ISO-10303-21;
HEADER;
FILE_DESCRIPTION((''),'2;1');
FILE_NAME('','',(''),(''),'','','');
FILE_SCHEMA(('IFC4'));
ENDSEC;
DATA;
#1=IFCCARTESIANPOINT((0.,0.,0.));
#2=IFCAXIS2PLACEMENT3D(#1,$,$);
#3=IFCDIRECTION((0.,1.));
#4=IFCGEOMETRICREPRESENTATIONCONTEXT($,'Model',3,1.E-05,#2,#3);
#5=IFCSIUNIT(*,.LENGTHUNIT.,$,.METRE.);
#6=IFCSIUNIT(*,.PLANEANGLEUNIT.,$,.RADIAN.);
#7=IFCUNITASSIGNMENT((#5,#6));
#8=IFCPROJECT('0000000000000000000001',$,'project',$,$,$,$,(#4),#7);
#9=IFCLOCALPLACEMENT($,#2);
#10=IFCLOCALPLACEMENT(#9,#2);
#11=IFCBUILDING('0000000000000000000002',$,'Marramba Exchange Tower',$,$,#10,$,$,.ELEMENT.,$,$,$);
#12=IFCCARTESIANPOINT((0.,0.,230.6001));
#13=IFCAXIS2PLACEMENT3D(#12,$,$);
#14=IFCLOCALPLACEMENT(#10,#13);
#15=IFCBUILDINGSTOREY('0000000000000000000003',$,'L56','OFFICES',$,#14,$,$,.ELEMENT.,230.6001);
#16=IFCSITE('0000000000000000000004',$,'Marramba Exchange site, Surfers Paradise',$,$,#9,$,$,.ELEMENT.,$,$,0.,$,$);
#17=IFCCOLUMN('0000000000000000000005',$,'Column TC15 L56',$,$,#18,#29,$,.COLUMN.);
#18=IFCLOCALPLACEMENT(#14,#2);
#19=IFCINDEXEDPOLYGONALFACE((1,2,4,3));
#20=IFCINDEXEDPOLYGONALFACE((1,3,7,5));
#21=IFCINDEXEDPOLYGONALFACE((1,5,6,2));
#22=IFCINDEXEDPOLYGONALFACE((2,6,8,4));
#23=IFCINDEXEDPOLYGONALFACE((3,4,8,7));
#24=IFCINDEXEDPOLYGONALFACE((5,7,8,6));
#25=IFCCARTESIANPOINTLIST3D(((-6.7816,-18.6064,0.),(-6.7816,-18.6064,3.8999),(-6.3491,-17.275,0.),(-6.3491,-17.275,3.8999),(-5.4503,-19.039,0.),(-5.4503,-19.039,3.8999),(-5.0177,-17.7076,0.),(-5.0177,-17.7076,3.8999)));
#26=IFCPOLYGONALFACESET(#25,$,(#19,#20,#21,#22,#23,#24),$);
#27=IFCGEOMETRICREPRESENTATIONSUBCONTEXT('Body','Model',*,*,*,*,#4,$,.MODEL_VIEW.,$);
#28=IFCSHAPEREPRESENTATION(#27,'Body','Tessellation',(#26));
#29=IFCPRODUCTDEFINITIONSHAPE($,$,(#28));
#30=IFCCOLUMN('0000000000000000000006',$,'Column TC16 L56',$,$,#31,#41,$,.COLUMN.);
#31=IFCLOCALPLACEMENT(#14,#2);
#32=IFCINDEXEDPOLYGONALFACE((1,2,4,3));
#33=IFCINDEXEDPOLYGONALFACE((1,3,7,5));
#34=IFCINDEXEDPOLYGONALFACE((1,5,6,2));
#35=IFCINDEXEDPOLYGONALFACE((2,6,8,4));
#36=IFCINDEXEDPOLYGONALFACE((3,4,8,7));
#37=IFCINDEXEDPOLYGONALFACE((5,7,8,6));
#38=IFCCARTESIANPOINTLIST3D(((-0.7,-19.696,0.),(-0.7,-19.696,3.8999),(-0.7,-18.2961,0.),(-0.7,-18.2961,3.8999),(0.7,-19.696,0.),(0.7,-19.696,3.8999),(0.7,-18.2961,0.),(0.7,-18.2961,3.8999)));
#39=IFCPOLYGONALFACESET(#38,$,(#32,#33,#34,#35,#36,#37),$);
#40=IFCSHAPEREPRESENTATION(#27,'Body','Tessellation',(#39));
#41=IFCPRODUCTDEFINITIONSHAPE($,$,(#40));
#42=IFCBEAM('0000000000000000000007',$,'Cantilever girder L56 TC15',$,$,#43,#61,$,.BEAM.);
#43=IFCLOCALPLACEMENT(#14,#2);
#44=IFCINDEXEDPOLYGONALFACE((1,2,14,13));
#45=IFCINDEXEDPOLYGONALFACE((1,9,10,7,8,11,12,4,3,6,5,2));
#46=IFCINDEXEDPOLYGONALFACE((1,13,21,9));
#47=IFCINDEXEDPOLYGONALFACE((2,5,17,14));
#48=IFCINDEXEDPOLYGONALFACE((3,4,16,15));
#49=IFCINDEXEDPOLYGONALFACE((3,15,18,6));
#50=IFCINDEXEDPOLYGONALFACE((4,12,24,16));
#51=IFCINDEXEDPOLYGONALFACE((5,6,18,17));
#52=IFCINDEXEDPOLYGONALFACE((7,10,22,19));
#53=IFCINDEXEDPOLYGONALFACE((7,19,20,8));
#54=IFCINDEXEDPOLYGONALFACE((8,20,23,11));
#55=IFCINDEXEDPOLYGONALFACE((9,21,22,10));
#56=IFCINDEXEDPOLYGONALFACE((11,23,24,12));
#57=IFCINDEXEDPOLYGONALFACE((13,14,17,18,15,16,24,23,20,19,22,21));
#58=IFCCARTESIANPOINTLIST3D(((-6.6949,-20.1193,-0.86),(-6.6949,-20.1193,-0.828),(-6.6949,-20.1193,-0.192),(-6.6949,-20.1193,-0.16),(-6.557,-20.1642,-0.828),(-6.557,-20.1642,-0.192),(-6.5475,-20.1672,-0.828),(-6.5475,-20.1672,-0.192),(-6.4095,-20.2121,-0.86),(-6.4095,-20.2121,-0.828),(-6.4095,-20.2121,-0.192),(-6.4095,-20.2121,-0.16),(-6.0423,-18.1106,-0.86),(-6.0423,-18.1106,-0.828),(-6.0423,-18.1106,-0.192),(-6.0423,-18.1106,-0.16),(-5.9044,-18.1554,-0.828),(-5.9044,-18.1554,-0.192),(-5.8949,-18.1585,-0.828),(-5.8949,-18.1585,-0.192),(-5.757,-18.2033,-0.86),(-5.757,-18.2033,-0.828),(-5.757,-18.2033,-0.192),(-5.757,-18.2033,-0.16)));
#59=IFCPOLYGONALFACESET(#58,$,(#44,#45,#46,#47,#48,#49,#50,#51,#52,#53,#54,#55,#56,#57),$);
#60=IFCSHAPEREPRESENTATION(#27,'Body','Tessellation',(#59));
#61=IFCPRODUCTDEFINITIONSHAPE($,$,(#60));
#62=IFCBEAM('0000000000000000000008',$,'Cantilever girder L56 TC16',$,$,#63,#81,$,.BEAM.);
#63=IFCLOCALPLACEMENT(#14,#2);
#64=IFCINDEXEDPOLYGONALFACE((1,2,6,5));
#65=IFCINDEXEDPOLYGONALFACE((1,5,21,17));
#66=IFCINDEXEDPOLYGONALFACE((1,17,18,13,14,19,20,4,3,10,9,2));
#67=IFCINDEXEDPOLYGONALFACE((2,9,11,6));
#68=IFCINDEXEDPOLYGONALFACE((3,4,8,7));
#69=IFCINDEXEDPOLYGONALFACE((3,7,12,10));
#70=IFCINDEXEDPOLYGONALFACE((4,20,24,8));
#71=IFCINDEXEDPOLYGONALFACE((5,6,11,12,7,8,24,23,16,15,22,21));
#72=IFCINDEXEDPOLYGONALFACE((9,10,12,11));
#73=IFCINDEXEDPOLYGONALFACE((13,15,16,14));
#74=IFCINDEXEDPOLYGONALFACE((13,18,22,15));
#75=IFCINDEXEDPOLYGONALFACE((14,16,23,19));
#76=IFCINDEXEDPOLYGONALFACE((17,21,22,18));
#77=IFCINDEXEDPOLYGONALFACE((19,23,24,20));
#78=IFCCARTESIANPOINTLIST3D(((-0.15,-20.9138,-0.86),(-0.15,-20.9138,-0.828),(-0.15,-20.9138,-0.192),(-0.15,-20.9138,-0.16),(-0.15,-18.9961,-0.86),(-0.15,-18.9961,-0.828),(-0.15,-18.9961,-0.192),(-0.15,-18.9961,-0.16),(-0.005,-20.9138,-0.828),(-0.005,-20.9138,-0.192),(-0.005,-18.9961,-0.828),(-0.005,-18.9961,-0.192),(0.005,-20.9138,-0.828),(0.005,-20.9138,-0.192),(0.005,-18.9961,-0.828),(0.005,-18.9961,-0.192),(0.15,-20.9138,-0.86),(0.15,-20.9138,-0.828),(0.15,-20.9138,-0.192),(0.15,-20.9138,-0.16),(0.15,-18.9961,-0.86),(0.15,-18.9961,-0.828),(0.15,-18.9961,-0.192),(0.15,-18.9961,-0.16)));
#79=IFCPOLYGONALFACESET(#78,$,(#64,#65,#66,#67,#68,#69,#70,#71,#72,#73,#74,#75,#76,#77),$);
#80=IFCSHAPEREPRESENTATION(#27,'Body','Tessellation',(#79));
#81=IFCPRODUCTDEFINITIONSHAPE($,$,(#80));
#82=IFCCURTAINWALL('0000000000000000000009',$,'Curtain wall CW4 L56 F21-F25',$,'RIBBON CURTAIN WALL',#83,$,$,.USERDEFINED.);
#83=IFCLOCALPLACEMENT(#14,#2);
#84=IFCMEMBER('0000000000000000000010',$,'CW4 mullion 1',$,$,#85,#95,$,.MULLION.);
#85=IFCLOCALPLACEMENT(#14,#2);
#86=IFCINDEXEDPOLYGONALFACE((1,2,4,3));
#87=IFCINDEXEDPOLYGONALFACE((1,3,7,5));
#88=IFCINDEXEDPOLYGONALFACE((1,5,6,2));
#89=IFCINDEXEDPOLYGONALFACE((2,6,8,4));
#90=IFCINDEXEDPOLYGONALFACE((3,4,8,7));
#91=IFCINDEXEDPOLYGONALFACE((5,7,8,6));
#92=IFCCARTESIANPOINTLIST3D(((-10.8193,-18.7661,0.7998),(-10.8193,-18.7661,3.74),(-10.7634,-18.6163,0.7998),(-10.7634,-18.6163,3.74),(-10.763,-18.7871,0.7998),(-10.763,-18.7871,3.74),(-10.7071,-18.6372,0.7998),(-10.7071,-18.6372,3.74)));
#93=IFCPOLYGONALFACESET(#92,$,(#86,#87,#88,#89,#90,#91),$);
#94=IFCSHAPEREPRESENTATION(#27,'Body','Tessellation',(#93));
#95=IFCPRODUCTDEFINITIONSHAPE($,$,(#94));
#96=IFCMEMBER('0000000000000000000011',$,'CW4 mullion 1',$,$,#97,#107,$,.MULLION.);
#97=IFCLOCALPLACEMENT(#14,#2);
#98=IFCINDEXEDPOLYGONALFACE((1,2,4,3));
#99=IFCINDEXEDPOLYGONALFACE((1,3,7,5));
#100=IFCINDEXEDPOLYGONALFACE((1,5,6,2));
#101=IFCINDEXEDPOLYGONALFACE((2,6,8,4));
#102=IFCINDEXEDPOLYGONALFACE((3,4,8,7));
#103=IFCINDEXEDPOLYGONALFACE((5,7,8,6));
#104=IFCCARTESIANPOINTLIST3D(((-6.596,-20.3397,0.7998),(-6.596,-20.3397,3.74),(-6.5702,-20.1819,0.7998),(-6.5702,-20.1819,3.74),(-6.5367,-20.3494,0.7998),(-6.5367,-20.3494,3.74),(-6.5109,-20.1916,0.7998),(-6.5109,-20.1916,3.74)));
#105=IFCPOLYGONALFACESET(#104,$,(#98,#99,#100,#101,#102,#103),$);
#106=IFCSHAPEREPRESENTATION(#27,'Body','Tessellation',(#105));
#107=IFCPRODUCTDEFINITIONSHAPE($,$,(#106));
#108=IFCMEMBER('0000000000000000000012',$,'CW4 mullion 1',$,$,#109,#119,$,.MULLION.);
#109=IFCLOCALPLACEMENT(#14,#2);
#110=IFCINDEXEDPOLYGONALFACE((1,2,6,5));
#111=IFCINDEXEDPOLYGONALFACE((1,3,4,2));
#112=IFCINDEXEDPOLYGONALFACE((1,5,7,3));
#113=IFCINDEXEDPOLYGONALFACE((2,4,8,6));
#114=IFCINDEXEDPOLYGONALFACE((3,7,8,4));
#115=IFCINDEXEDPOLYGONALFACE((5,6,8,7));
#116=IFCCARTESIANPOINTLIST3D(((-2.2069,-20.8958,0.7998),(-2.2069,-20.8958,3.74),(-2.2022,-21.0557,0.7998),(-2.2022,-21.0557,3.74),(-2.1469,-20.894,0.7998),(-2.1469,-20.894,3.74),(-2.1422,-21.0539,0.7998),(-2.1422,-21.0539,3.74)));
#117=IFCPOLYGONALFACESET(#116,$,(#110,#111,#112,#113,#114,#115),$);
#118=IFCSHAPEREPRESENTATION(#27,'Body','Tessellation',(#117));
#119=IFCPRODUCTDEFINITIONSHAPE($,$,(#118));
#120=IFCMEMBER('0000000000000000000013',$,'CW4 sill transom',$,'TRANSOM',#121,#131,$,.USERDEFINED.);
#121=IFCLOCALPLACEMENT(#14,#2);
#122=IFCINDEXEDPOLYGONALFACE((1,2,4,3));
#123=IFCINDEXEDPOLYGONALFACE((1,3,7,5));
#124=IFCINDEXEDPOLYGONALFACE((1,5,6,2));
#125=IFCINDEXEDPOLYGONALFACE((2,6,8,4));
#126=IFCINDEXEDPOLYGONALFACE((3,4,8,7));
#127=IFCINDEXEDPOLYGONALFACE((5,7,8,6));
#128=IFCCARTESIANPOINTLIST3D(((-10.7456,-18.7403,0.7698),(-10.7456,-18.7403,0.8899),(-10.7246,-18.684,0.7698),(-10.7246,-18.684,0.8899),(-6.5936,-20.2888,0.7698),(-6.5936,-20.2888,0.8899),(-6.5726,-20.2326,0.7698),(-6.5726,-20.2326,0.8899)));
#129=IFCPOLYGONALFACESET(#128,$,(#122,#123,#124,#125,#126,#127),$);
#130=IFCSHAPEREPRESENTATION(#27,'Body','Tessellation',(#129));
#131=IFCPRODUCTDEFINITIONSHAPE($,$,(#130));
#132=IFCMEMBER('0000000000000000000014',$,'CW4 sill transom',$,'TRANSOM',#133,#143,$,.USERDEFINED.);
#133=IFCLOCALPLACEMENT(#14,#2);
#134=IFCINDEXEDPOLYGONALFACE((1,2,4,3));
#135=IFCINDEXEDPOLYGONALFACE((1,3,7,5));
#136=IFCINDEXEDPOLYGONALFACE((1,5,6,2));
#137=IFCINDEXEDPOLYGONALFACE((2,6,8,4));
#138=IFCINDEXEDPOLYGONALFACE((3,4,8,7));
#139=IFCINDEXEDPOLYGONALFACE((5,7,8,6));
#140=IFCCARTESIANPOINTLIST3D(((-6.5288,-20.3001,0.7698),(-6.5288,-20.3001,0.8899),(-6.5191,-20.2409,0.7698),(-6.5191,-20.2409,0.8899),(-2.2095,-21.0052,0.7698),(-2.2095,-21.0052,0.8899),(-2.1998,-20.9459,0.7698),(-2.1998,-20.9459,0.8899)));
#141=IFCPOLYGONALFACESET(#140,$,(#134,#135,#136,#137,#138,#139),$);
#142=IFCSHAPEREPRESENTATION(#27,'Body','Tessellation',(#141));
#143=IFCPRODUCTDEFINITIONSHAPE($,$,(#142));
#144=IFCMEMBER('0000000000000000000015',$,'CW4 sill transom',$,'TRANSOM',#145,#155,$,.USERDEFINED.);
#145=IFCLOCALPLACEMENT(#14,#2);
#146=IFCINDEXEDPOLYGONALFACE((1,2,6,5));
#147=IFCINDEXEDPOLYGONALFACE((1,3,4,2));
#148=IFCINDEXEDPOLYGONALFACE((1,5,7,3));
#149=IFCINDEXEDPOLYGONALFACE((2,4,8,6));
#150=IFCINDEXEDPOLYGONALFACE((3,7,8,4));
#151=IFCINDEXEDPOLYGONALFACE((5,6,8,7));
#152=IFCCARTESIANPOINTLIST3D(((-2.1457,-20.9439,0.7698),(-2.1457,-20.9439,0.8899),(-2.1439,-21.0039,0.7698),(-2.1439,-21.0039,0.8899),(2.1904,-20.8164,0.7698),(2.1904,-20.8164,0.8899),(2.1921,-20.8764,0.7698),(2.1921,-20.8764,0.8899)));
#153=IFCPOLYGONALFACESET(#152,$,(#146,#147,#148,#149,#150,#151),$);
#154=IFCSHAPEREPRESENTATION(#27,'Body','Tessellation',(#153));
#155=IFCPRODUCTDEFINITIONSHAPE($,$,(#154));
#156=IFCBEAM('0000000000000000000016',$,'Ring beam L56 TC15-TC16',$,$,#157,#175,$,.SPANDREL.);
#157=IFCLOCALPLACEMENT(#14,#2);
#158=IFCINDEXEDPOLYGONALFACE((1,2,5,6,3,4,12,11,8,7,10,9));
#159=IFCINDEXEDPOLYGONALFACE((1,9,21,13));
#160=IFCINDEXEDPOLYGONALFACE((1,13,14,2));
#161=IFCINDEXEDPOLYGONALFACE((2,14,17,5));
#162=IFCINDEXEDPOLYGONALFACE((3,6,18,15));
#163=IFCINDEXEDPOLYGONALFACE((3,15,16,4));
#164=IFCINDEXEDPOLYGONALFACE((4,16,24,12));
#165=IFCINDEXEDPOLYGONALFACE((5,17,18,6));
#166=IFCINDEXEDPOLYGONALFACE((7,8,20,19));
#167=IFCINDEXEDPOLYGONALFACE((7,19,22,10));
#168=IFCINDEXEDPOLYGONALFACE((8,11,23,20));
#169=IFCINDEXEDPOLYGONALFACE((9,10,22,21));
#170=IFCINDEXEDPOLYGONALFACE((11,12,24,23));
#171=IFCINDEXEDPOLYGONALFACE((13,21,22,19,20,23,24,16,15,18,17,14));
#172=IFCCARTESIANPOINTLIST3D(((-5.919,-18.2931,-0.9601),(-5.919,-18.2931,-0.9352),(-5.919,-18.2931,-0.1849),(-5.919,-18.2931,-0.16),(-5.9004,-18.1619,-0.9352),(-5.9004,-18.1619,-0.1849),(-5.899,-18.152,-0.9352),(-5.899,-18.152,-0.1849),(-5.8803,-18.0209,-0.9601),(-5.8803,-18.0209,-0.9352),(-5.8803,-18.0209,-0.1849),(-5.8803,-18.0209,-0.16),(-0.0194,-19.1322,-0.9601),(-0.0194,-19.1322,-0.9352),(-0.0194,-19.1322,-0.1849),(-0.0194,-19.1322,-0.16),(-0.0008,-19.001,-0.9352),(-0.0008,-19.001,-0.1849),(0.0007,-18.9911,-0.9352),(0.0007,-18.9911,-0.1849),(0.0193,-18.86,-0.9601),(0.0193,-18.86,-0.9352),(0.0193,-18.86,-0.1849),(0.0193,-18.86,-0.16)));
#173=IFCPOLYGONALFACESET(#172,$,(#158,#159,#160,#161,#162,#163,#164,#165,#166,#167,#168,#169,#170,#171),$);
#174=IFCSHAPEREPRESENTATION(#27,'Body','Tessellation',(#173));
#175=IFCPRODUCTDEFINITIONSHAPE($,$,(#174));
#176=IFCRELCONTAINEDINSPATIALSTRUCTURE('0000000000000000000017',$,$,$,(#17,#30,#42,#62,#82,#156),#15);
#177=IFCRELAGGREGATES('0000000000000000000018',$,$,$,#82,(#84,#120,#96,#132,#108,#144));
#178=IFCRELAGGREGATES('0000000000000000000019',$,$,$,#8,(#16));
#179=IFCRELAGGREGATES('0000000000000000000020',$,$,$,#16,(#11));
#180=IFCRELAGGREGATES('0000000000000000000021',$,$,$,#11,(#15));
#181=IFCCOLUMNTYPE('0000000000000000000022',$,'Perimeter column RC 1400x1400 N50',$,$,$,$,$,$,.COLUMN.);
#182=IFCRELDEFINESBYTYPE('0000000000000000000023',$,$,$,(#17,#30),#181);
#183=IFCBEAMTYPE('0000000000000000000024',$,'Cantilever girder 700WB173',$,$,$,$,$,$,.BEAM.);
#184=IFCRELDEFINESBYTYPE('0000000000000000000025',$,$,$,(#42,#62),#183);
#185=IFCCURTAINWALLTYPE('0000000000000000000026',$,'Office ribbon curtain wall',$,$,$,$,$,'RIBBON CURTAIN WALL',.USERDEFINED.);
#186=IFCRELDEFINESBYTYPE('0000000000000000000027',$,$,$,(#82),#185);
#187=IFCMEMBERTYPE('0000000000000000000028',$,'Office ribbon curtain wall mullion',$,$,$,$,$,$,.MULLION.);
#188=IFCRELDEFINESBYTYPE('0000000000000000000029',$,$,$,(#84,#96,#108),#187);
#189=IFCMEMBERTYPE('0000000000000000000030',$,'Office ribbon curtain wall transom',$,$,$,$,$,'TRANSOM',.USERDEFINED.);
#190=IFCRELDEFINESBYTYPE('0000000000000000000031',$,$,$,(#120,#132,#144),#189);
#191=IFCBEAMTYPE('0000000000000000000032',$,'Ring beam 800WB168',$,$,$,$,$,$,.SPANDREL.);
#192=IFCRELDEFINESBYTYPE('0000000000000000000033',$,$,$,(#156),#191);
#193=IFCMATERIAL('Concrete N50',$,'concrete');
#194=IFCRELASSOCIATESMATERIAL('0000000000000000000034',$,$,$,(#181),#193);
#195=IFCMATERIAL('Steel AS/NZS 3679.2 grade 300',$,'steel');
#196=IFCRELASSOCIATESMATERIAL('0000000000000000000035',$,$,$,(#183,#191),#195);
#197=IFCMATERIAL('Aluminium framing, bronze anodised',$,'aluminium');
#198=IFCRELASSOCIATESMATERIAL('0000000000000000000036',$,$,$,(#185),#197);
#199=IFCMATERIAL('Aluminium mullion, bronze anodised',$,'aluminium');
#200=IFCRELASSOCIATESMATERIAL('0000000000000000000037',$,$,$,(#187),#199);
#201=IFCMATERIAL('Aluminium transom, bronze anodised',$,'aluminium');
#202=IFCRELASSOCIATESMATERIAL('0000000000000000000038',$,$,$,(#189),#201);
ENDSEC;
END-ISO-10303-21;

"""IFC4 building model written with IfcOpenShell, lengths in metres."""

from ifc_helpers import new_model, si_unit, direction, frame, origin, origin_2d, place, context, subcontext, project, spatial, rectangle, i_section, extrude, material, material_profile, profile_set, type_object, element, aggregate, save


model = new_model("IFC4")

# Units and contexts
model_context = context("Model", 3, precision=1e-05, world=origin(), true_north=direction((0.0, 1.0)))
body_context = subcontext(model_context, "Body", "Model", "MODEL_VIEW")
ifc_project = project(units=[si_unit("LENGTHUNIT", "METRE"), si_unit("PLANEANGLEUNIT", "RADIAN")], contexts=[model_context])

# Site, building, storey
site_placement = place(None, origin())
site = spatial("IfcSite", under=ifc_project, at=site_placement, Name="Marramba Exchange site, Surfers Paradise", CompositionType="ELEMENT", RefElevation=0.0)
building_placement = place(site_placement, origin())
building = spatial("IfcBuilding", under=site, at=building_placement, Name="Marramba Exchange Tower", CompositionType="ELEMENT")
storey_placement = place(building_placement, frame((0.0, 0.0, 230.6001)))
storey = spatial("IfcBuildingStorey", under=building, at=storey_placement, Name="L56", Description="OFFICES", CompositionType="ELEMENT", Elevation=230.6001)

# Columns
ifc_material_1 = material(Name="Concrete N50", Category="concrete")
ifc_material_profile_1 = material_profile(ifc_material_1, rectangle(XDim=1.3999, YDim=1.3999, at=origin_2d()), Name="RC 1400x1400")
ifc_profile_set_1 = profile_set([ifc_material_profile_1], Name="Concrete N50")
column_type = type_object("IfcColumnType", Name="Perimeter column RC 1400x1400 N50", PredefinedType="COLUMN", material=ifc_profile_set_1)
for number, where, z_axis, x_axis, name in (
    (1, (-5.8997, -18.157, 0.0), (0.0, 0.0, 1.0), (-0.309017, -0.951057, 0.0), "Column TC15 L56"),
    (2, (0.0, -18.9961, 0.0), (0.0, 0.0, 1.0), (0.0, -1.0, 0.0), "Column TC16 L56"),
):
    element("IfcColumn", number, at=place(storey_placement, frame(where, z_axis=z_axis, x_axis=x_axis)), inside=storey, type_object=column_type, Name=name, PredefinedType="COLUMN", context=body_context, shape_type="SweptSolid", body=[
        extrude(rectangle(XDim=1.3999, YDim=1.3999, at=origin_2d()), origin(), (0.0, 0.0, 1.0), 3.8999),
    ])

# Beams
ifc_material_2 = material(Name="Steel AS/NZS 3679.2 grade 300", Category="steel")
ifc_material_profile_2 = material_profile(ifc_material_2, i_section(OverallWidth=0.3, OverallDepth=0.7, WebThickness=0.01, FlangeThickness=0.032, at=origin_2d()), Name="700WB173")
ifc_profile_set_2 = profile_set([ifc_material_profile_2], Name="Steel AS/NZS 3679.2 grade 300")
beam_type_1 = type_object("IfcBeamType", Name="Cantilever girder 700WB173", PredefinedType="BEAM", material=ifc_profile_set_2)
beam_1_placement = place(storey_placement, frame((-5.8997, -18.157, -0.51), z_axis=(-0.308971, -0.951071, 0.0), x_axis=(0.951071, -0.308971, 0.0)))
element("IfcBeam", 3, at=beam_1_placement, inside=storey, type_object=beam_type_1, Name="Cantilever girder L56 TC15", PredefinedType="BEAM", context=body_context, shape_type="SweptSolid", body=[
    extrude(i_section(OverallWidth=0.3, OverallDepth=0.7, WebThickness=0.01, FlangeThickness=0.032, at=origin_2d()), origin(), (0.0, 0.0, 1.0), 2.1121),
])
beam_2_placement = place(storey_placement, frame((0.0, -18.9961, -0.51), z_axis=(0.0, -1.0, 0.0), x_axis=(1.0, 0.0, 0.0)))
element("IfcBeam", 4, at=beam_2_placement, inside=storey, type_object=beam_type_1, Name="Cantilever girder L56 TC16", PredefinedType="BEAM", context=body_context, shape_type="SweptSolid", body=[
    extrude(i_section(OverallWidth=0.3, OverallDepth=0.7, WebThickness=0.01, FlangeThickness=0.032, at=origin_2d()), origin(), (0.0, 0.0, 1.0), 1.9177),
])

# Curtain wall, members
ifc_material_3 = material(Name="Aluminium framing, bronze anodised", Category="aluminium")
curtain_wall_type = type_object("IfcCurtainWallType", Name="Office ribbon curtain wall", ElementType="RIBBON CURTAIN WALL", PredefinedType="USERDEFINED", material=ifc_material_3)
curtain_wall_placement = place(storey_placement, origin())
curtain_wall = element("IfcCurtainWall", 5, at=curtain_wall_placement, inside=storey, type_object=curtain_wall_type, Name="Curtain wall CW4 L56 F21-F25", ObjectType="RIBBON CURTAIN WALL", PredefinedType="USERDEFINED")
ifc_material_4 = material(Name="Aluminium mullion, bronze anodised", Category="aluminium")
ifc_material_profile_3 = material_profile(ifc_material_4, rectangle(XDim=0.1599, YDim=0.0601, at=origin_2d()), Name="CW4 mullion 60x160")
ifc_profile_set_3 = profile_set([ifc_material_profile_3], Name="Aluminium mullion, bronze anodised")
member_type_1 = type_object("IfcMemberType", Name="Office ribbon curtain wall mullion", PredefinedType="MULLION", material=ifc_profile_set_3)
member_1_placement = place(storey_placement, frame((-10.7632, -18.7017, 0.7998), z_axis=(0.0, 0.0, 1.0), x_axis=(0.349459, 0.936952, 0.0)))
member_1 = element("IfcMember", 6, at=member_1_placement, type_object=member_type_1, Name="CW4 mullion 1", PredefinedType="MULLION", context=body_context, shape_type="SweptSolid", body=[
    extrude(rectangle(XDim=0.1599, YDim=0.0601, at=origin_2d()), origin(), (0.0, 0.0, 1.0), 2.9402),
])
member_2_placement = place(storey_placement, frame((-6.5535, -20.2656, 0.7998), z_axis=(0.0, 0.0, 1.0), x_axis=(0.161146, 0.986931, 0.0)))
member_2 = element("IfcMember", 7, at=member_2_placement, type_object=member_type_1, Name="CW4 mullion 1", PredefinedType="MULLION", context=body_context, shape_type="SweptSolid", body=[
    extrude(rectangle(XDim=0.1599, YDim=0.0601, at=origin_2d()), origin(), (0.0, 0.0, 1.0), 2.9402),
])
member_3_placement = place(storey_placement, frame((-2.1746, -20.9749, 0.7998), z_axis=(0.0, 0.0, 1.0), x_axis=(-0.029393, 0.999568, 0.0)))
member_3 = element("IfcMember", 8, at=member_3_placement, type_object=member_type_1, Name="CW4 mullion 1", PredefinedType="MULLION", context=body_context, shape_type="SweptSolid", body=[
    extrude(rectangle(XDim=0.1599, YDim=0.0601, at=origin_2d()), origin(), (0.0, 0.0, 1.0), 2.9402),
])
ifc_material_5 = material(Name="Aluminium transom, bronze anodised", Category="aluminium")
ifc_material_profile_4 = material_profile(ifc_material_5, rectangle(XDim=0.0601, YDim=0.1201, at=origin_2d()), Name="CW4 transom 60x120")
ifc_profile_set_4 = profile_set([ifc_material_profile_4], Name="Aluminium transom, bronze anodised")
member_type_2 = type_object("IfcMemberType", Name="Office ribbon curtain wall transom", ElementType="TRANSOM", PredefinedType="USERDEFINED", material=ifc_profile_set_4)
member_4_placement = place(storey_placement, frame((-10.7351, -18.7122, 0.8298), z_axis=(0.936955, -0.34945, 0.0), x_axis=(0.34945, 0.936955, 0.0)))
member_4 = element("IfcMember", 9, at=member_4_placement, type_object=member_type_2, Name="CW4 sill transom", ObjectType="TRANSOM", PredefinedType="USERDEFINED", context=body_context, shape_type="SweptSolid", body=[
    extrude(rectangle(XDim=0.0601, YDim=0.1201, at=origin_2d()), origin(), (0.0, 0.0, 1.0), 4.4314),
])
member_5_placement = place(storey_placement, frame((-6.5239, -20.2705, 0.8298), z_axis=(0.986937, -0.161105, 0.0), x_axis=(0.161105, 0.986937, 0.0)))
member_5 = element("IfcMember", 10, at=member_5_placement, type_object=member_type_2, Name="CW4 sill transom", ObjectType="TRANSOM", PredefinedType="USERDEFINED", context=body_context, shape_type="SweptSolid", body=[
    extrude(rectangle(XDim=0.0601, YDim=0.1201, at=origin_2d()), origin(), (0.0, 0.0, 1.0), 4.3765),
])
member_6_placement = place(storey_placement, frame((-2.1448, -20.9739, 0.8298), z_axis=(0.999568, 0.029379, 0.0), x_axis=(-0.029379, 0.999568, 0.0)))
member_6 = element("IfcMember", 11, at=member_6_placement, type_object=member_type_2, Name="CW4 sill transom", ObjectType="TRANSOM", PredefinedType="USERDEFINED", context=body_context, shape_type="SweptSolid", body=[
    extrude(rectangle(XDim=0.0601, YDim=0.1201, at=origin_2d()), origin(), (0.0, 0.0, 1.0), 4.3379),
])

# Beam
ifc_material_profile_5 = material_profile(ifc_material_2, i_section(OverallWidth=0.2749, OverallDepth=0.8, WebThickness=0.01, FlangeThickness=0.0249, at=origin_2d()), Name="800WB168")
ifc_profile_set_5 = profile_set([ifc_material_profile_5], Name="Steel AS/NZS 3679.2 grade 300")
beam_type_2 = type_object("IfcBeamType", Name="Ring beam 800WB168", PredefinedType="SPANDREL", material=ifc_profile_set_5)
for number, where, z_axis, x_axis, name in (
    (12, (-5.8997, -18.157, -0.5601), (0.990036, -0.140813, 0.0), (0.140813, 0.990036, 0.0), "Ring beam L56 TC15-TC16"),
):
    element("IfcBeam", number, at=place(storey_placement, frame(where, z_axis=z_axis, x_axis=x_axis)), inside=storey, type_object=beam_type_2, Name=name, PredefinedType="SPANDREL", context=body_context, shape_type="SweptSolid", body=[
        extrude(i_section(OverallWidth=0.2749, OverallDepth=0.8, WebThickness=0.01, FlangeThickness=0.0249, at=origin_2d()), origin(), (0.0, 0.0, 1.0), 5.959),
    ])

aggregate(curtain_wall, [member_1, member_4, member_2, member_5, member_3, member_6])

save(model, "model.ifc")
